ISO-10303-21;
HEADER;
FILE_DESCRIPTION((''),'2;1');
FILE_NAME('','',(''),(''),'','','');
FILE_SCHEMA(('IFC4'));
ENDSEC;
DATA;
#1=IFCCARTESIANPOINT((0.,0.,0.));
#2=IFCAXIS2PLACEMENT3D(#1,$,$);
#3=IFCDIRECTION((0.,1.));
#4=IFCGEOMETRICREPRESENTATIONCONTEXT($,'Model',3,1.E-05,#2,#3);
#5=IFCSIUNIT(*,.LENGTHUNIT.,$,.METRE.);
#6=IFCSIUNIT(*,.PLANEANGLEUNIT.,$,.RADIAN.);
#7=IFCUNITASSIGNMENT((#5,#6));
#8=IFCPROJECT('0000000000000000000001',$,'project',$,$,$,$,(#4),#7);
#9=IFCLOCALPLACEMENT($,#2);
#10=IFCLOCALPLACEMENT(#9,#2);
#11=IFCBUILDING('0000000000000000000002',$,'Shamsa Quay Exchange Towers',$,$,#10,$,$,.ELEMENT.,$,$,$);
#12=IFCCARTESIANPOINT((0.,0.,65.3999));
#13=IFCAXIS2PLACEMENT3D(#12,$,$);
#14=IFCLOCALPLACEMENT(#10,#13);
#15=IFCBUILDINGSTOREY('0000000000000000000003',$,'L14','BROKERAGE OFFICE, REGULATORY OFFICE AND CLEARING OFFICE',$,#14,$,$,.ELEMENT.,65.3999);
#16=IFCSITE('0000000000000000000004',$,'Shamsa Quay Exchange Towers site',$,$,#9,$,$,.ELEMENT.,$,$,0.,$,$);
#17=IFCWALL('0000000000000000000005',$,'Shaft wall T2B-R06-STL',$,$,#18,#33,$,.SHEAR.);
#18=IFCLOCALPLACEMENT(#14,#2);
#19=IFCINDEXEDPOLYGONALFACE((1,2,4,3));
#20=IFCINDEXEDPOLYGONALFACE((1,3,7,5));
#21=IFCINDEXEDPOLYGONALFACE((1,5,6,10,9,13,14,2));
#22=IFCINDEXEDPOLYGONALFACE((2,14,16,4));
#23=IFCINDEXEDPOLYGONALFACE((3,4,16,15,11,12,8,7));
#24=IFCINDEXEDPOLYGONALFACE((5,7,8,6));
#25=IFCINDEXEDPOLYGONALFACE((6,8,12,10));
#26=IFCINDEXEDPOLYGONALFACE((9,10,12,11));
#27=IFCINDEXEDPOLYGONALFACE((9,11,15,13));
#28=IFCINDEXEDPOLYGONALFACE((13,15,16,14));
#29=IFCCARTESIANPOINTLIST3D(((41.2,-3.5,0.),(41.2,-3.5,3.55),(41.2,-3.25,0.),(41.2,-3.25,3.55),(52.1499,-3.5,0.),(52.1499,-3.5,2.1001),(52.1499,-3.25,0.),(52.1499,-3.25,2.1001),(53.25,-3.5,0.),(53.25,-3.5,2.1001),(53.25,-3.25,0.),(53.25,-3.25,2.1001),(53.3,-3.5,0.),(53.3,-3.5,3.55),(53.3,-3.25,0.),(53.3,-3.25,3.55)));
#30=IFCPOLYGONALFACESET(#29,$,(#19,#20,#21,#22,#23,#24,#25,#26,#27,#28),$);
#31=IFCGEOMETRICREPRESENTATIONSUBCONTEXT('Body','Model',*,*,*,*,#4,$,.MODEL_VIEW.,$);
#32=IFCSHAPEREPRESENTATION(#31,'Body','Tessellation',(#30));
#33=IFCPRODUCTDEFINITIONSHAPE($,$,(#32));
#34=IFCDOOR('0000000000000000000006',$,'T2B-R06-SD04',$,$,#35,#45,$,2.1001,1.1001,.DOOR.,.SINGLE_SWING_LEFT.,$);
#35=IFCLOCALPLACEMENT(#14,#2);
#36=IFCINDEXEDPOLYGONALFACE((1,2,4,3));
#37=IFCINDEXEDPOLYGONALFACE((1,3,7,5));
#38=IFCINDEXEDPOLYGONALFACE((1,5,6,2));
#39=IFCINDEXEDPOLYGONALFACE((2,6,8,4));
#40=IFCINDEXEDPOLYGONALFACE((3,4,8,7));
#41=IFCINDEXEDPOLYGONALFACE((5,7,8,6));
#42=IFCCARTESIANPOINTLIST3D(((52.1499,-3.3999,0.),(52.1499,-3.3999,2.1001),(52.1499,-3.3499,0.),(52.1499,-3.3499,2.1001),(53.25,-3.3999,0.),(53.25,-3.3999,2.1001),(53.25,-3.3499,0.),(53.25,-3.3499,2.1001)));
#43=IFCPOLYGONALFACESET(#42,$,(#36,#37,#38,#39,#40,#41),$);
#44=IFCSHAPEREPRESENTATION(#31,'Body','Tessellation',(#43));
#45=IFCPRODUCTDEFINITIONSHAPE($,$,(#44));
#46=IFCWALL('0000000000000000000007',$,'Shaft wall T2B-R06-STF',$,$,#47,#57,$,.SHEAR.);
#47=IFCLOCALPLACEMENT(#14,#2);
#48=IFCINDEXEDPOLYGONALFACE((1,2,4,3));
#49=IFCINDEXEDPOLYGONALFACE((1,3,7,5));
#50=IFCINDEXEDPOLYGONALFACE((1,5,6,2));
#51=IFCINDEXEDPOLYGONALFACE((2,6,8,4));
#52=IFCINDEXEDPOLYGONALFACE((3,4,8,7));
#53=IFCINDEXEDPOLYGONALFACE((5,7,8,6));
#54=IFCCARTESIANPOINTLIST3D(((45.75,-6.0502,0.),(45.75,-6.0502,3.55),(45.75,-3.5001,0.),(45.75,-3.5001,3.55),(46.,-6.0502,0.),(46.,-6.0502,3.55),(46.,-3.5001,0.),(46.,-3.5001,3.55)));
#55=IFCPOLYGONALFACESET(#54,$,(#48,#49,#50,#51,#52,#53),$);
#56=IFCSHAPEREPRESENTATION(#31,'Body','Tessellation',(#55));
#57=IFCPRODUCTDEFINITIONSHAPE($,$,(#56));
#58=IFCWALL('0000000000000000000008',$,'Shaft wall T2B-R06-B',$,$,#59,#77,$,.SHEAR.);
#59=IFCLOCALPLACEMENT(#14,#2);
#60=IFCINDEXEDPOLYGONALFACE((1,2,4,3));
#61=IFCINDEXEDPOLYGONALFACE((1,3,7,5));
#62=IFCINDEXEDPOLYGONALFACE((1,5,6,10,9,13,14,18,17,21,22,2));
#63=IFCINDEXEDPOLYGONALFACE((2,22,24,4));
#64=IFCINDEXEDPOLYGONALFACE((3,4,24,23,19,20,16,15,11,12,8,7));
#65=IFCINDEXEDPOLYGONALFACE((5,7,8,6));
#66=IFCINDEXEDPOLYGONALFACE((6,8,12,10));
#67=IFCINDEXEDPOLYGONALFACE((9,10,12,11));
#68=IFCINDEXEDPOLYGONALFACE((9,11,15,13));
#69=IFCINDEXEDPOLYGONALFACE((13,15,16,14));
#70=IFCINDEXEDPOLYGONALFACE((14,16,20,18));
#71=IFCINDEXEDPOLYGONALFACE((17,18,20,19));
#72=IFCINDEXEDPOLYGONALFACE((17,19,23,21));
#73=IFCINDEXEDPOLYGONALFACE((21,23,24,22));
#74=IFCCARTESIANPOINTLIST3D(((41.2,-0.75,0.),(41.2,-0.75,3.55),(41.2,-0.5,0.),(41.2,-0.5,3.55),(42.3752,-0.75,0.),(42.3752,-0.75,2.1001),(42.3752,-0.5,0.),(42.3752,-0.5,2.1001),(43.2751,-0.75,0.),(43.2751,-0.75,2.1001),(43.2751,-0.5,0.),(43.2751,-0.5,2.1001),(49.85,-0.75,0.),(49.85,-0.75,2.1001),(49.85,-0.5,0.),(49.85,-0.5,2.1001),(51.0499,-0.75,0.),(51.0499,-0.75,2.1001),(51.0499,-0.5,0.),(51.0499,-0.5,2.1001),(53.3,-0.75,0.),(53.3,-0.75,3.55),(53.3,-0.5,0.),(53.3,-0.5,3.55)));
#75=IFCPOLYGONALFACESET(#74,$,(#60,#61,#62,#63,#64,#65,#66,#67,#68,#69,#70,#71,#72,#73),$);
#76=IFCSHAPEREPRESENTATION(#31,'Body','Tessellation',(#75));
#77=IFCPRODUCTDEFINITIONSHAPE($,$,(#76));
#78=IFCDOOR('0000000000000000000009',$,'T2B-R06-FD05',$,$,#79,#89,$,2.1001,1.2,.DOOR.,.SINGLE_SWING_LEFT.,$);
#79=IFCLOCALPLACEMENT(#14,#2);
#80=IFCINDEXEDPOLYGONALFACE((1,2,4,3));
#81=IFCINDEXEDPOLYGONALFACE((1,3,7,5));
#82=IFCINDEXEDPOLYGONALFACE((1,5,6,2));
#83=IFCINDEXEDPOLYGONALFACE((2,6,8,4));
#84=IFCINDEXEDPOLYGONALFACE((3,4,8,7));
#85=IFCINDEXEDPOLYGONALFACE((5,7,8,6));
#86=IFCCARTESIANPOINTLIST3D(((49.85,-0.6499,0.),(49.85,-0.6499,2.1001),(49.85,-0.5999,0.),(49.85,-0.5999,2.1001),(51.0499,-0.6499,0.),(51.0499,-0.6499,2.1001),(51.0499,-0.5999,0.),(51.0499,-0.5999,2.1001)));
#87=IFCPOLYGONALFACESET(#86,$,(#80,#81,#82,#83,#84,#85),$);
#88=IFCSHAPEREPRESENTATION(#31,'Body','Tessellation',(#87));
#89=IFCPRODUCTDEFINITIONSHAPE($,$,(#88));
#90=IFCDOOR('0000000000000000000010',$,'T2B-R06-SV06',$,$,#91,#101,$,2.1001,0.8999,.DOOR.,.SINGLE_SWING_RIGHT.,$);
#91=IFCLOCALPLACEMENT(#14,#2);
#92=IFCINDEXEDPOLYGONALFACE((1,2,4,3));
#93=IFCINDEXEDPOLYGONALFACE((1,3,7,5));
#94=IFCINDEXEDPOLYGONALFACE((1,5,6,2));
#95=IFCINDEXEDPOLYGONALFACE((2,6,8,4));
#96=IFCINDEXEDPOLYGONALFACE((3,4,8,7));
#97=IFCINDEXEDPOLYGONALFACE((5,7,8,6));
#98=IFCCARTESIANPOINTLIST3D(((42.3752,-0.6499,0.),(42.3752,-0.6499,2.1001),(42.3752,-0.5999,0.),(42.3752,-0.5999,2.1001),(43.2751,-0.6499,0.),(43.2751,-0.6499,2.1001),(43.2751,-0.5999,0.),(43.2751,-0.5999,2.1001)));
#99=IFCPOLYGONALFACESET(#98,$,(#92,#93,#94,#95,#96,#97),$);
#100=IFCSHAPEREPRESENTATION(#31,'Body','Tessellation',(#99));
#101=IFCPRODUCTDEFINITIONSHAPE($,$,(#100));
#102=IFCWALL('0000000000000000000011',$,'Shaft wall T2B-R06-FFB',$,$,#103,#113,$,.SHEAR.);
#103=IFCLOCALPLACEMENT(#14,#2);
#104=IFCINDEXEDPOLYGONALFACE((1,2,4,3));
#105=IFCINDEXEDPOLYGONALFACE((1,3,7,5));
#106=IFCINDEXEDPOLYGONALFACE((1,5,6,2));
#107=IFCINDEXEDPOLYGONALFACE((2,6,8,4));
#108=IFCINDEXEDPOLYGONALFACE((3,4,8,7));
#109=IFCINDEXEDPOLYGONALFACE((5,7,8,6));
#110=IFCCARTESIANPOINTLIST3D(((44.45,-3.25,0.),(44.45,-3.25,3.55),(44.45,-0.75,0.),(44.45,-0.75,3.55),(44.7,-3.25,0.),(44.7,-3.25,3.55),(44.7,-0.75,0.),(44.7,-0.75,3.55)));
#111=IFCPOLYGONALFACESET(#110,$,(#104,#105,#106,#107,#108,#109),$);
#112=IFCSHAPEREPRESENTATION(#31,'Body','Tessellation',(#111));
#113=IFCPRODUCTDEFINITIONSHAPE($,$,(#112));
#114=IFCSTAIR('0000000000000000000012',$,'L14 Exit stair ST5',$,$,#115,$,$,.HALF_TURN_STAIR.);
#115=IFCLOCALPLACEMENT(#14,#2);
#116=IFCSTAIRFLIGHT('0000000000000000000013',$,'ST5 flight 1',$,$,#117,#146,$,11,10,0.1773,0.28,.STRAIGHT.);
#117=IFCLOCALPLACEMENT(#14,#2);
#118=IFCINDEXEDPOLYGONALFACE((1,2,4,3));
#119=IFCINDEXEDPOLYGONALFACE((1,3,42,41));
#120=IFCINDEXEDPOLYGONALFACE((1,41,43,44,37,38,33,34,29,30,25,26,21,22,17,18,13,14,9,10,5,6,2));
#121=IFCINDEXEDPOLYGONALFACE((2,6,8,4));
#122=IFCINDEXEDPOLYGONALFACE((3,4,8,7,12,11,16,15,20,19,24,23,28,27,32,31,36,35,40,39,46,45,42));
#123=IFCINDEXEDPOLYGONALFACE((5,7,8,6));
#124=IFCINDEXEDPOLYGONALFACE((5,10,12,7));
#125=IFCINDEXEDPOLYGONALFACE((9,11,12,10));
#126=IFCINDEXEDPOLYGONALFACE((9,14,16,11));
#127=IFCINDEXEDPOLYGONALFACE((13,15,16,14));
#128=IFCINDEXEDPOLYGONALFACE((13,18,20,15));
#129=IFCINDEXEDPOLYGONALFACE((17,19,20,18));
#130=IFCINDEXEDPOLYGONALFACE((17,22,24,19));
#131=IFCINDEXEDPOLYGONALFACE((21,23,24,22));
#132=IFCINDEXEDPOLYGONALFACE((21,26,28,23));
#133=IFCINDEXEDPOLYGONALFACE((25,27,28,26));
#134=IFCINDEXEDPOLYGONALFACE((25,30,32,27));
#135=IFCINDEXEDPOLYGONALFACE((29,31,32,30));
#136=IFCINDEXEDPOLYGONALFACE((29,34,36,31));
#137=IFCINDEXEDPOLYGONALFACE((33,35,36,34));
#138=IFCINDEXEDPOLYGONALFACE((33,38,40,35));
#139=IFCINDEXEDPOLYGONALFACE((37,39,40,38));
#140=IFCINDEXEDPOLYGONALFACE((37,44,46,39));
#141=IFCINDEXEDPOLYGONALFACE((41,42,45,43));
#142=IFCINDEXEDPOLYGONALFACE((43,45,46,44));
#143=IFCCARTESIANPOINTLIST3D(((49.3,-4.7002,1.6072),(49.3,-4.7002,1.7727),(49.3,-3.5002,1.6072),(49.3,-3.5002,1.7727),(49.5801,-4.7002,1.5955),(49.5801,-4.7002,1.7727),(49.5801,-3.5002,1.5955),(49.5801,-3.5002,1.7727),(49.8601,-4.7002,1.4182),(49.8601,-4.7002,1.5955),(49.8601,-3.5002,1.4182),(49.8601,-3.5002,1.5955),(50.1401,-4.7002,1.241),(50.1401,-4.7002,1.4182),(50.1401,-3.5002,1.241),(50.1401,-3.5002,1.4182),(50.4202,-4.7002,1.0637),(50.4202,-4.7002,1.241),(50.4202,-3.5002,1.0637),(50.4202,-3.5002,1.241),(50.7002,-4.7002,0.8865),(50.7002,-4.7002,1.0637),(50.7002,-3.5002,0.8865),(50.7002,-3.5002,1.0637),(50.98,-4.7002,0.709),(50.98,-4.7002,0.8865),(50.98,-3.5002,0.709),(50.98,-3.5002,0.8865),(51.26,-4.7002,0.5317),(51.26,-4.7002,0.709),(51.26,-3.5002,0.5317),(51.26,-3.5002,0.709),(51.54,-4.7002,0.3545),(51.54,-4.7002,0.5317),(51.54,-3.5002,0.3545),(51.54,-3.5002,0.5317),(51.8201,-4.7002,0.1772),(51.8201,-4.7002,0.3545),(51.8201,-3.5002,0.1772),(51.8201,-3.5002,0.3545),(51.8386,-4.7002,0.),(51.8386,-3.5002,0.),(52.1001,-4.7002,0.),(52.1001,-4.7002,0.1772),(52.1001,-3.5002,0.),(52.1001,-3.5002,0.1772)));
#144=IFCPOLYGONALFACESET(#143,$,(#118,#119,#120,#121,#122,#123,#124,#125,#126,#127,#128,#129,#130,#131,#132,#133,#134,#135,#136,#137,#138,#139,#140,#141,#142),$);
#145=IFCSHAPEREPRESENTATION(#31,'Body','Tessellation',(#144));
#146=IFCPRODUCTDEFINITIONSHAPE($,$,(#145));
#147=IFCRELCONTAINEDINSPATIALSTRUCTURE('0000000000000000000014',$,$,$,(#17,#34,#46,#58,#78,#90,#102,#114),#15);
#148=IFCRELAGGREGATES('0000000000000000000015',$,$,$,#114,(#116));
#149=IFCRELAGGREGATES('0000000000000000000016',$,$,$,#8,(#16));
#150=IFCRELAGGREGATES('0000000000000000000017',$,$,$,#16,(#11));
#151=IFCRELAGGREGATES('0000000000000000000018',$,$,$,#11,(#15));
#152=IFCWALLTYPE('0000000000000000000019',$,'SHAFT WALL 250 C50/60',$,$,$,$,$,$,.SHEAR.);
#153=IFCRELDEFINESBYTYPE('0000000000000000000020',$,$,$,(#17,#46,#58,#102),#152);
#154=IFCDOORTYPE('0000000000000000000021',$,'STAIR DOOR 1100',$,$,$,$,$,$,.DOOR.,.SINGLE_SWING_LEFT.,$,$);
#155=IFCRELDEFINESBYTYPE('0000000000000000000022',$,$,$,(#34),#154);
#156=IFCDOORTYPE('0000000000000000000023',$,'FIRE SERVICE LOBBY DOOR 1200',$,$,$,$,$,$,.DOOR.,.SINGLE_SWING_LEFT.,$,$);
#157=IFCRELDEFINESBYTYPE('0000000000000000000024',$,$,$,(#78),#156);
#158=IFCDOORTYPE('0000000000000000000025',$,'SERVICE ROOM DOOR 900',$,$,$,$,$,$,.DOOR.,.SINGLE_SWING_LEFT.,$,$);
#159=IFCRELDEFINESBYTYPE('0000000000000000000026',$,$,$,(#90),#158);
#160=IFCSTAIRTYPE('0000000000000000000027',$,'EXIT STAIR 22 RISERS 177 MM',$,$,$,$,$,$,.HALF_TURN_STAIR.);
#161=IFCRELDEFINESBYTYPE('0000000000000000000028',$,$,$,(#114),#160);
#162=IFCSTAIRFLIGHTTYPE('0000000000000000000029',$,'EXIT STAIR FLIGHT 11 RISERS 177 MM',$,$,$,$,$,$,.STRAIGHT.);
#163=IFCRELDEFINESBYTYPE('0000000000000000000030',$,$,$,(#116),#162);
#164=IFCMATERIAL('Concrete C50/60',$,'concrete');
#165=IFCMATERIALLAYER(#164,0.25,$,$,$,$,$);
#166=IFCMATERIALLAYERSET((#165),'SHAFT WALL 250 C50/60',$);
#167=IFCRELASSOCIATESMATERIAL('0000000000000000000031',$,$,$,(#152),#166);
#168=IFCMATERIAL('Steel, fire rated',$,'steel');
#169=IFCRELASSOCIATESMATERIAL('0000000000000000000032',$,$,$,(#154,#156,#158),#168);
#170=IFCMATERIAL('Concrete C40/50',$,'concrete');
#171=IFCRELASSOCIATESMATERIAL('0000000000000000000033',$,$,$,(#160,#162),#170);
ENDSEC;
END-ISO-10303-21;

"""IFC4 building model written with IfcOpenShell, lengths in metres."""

from ifc_helpers import new_model, si_unit, direction, frame, frame_2d, origin, place, context, subcontext, project, spatial, polyline, rectangle, outline, extrude, material, layer, layer_set, type_object, element, fill, aggregate, save


model = new_model("IFC4")

# Units and contexts
model_context = context("Model", 3, precision=1e-05, world=origin(), true_north=direction((0.0, 1.0)))
body_context = subcontext(model_context, "Body", "Model", "MODEL_VIEW")
ifc_project = project(units=[si_unit("LENGTHUNIT", "METRE"), si_unit("PLANEANGLEUNIT", "RADIAN")], contexts=[model_context])

# Site, building, storey
site_placement = place(None, origin())
site = spatial("IfcSite", under=ifc_project, at=site_placement, Name="Shamsa Quay Exchange Towers site", CompositionType="ELEMENT", RefElevation=0.0)
building_placement = place(site_placement, origin())
building = spatial("IfcBuilding", under=site, at=building_placement, Name="Shamsa Quay Exchange Towers", CompositionType="ELEMENT")
storey_placement = place(building_placement, frame((0.0, 0.0, 65.3999)))
storey = spatial("IfcBuildingStorey", under=building, at=storey_placement, Name="L14", Description="BROKERAGE OFFICE, REGULATORY OFFICE AND CLEARING OFFICE", CompositionType="ELEMENT", Elevation=65.3999)

# Shared definitions
ifc_material_1 = material(Name="Steel, fire rated", Category="steel")

# Wall, opening, door
ifc_material_2 = material(Name="Concrete C50/60", Category="concrete")
ifc_layer_1 = layer(ifc_material_2, 0.25)
ifc_layer_set_1 = layer_set([ifc_layer_1], Name="SHAFT WALL 250 C50/60")
wall_type_1 = type_object("IfcWallType", Name="SHAFT WALL 250 C50/60", PredefinedType="SHEAR", material=ifc_layer_set_1)
wall_1_placement = place(storey_placement, frame((53.3, -3.375, 0.0), z_axis=(0.0, 0.0, 1.0), x_axis=(-1.0, 0.0, 0.0)))
wall_1 = element("IfcWall", 1, at=wall_1_placement, inside=storey, type_object=wall_type_1, Name="Shaft wall T2B-R06-STL", PredefinedType="SHEAR", context=body_context, shape_type="SweptSolid", body=[
    extrude(rectangle(XDim=12.1001, YDim=0.25, at=frame_2d((6.05, 0.0))), origin(), (0.0, 0.0, 1.0), 3.55),
])
opening_1_placement = place(wall_1_placement, frame((0.05, 0.0, 0.0)))
opening_1 = element("IfcOpeningElement", 2, at=opening_1_placement, cuts=wall_1, PredefinedType="OPENING", context=body_context, shape_type="SweptSolid", body=[
    extrude(rectangle(XDim=1.1001, YDim=2.1001, at=frame_2d((0.55, 1.05))), frame((0.0, 0.135, 0.0), z_axis=(0.0, -1.0, 0.0), x_axis=(1.0, 0.0, 0.0)), (0.0, 0.0, 1.0), 0.27),
])
door_type_1 = type_object("IfcDoorType", Name="STAIR DOOR 1100", OperationType="SINGLE_SWING_LEFT", PredefinedType="DOOR", material=ifc_material_1)
door_1_placement = place(opening_1_placement, origin())
door_1 = element("IfcDoor", 3, at=door_1_placement, inside=storey, type_object=door_type_1, Name="T2B-R06-SD04", OperationType="SINGLE_SWING_LEFT", OverallHeight=2.1001, OverallWidth=1.1001, PredefinedType="DOOR", context=body_context, shape_type="SweptSolid", body=[
    extrude(rectangle(XDim=1.1001, YDim=2.1001, at=frame_2d((0.55, 1.05))), frame((0.0, 0.0249, 0.0), z_axis=(0.0, -1.0, 0.0), x_axis=(1.0, 0.0, 0.0)), (0.0, 0.0, 1.0), 0.05),
])
fill(opening_1, door_1)

# Wall
wall_2_placement = place(storey_placement, frame((45.875, -6.05, 0.0), z_axis=(0.0, 0.0, 1.0), x_axis=(0.0, 1.0, 0.0)))
element("IfcWall", 4, at=wall_2_placement, inside=storey, type_object=wall_type_1, Name="Shaft wall T2B-R06-STF", PredefinedType="SHEAR", context=body_context, shape_type="SweptSolid", body=[
    extrude(rectangle(XDim=2.55, YDim=0.25, at=frame_2d((1.2749, 0.0))), origin(), (0.0, 0.0, 1.0), 3.55),
])

# Wall, openings, doors
wall_3_placement = place(storey_placement, frame((53.3, -0.625, 0.0), z_axis=(0.0, 0.0, 1.0), x_axis=(-1.0, 0.0, 0.0)))
wall_3 = element("IfcWall", 5, at=wall_3_placement, inside=storey, type_object=wall_type_1, Name="Shaft wall T2B-R06-B", PredefinedType="SHEAR", context=body_context, shape_type="SweptSolid", body=[
    extrude(rectangle(XDim=12.1001, YDim=0.25, at=frame_2d((6.05, 0.0))), origin(), (0.0, 0.0, 1.0), 3.55),
])
opening_2_placement = place(wall_3_placement, frame((2.25, 0.0, 0.0)))
opening_2 = element("IfcOpeningElement", 6, at=opening_2_placement, cuts=wall_3, PredefinedType="OPENING", context=body_context, shape_type="SweptSolid", body=[
    extrude(rectangle(XDim=1.2, YDim=2.1001, at=frame_2d((0.6001, 1.05))), frame((0.0, 0.135, 0.0), z_axis=(0.0, -1.0, 0.0), x_axis=(1.0, 0.0, 0.0)), (0.0, 0.0, 1.0), 0.27),
])
opening_3_placement = place(wall_3_placement, frame((10.0249, 0.0, 0.0)))
opening_3 = element("IfcOpeningElement", 7, at=opening_3_placement, cuts=wall_3, PredefinedType="OPENING", context=body_context, shape_type="SweptSolid", body=[
    extrude(rectangle(XDim=0.8999, YDim=2.1001, at=frame_2d((0.45, 1.05))), frame((0.0, 0.135, 0.0), z_axis=(0.0, -1.0, 0.0), x_axis=(1.0, 0.0, 0.0)), (0.0, 0.0, 1.0), 0.27),
])
door_type_2 = type_object("IfcDoorType", Name="FIRE SERVICE LOBBY DOOR 1200", OperationType="SINGLE_SWING_LEFT", PredefinedType="DOOR", material=ifc_material_1)
door_2_placement = place(opening_2_placement, origin())
door_2 = element("IfcDoor", 8, at=door_2_placement, inside=storey, type_object=door_type_2, Name="T2B-R06-FD05", OperationType="SINGLE_SWING_LEFT", OverallHeight=2.1001, OverallWidth=1.2, PredefinedType="DOOR", context=body_context, shape_type="SweptSolid", body=[
    extrude(rectangle(XDim=1.2, YDim=2.1001, at=frame_2d((0.6001, 1.05))), frame((0.0, 0.0249, 0.0), z_axis=(0.0, -1.0, 0.0), x_axis=(1.0, 0.0, 0.0)), (0.0, 0.0, 1.0), 0.05),
])
fill(opening_2, door_2)
door_type_3 = type_object("IfcDoorType", Name="SERVICE ROOM DOOR 900", OperationType="SINGLE_SWING_LEFT", PredefinedType="DOOR", material=ifc_material_1)
door_3_placement = place(opening_3_placement, origin())
door_3 = element("IfcDoor", 9, at=door_3_placement, inside=storey, type_object=door_type_3, Name="T2B-R06-SV06", OperationType="SINGLE_SWING_RIGHT", OverallHeight=2.1001, OverallWidth=0.8999, PredefinedType="DOOR", context=body_context, shape_type="SweptSolid", body=[
    extrude(rectangle(XDim=0.8999, YDim=2.1001, at=frame_2d((0.45, 1.05))), frame((0.0, 0.0249, 0.0), z_axis=(0.0, -1.0, 0.0), x_axis=(1.0, 0.0, 0.0)), (0.0, 0.0, 1.0), 0.05),
])
fill(opening_3, door_3)

# Wall
wall_4_placement = place(storey_placement, frame((44.575, -3.25, 0.0), z_axis=(0.0, 0.0, 1.0), x_axis=(0.0, 1.0, 0.0)))
element("IfcWall", 10, at=wall_4_placement, inside=storey, type_object=wall_type_1, Name="Shaft wall T2B-R06-FFB", PredefinedType="SHEAR", context=body_context, shape_type="SweptSolid", body=[
    extrude(rectangle(XDim=2.5, YDim=0.25, at=frame_2d((1.25, 0.0))), origin(), (0.0, 0.0, 1.0), 3.55),
])

# Stair, stair flight
ifc_material_3 = material(Name="Concrete C40/50", Category="concrete")
stair_type = type_object("IfcStairType", Name="EXIT STAIR 22 RISERS 177 MM", PredefinedType="HALF_TURN_STAIR", material=ifc_material_3)
stair_placement = place(storey_placement, origin())
stair = element("IfcStair", 11, at=stair_placement, inside=storey, type_object=stair_type, Name="L14 Exit stair ST5", PredefinedType="HALF_TURN_STAIR")
stair_flight_type = type_object("IfcStairFlightType", Name="EXIT STAIR FLIGHT 11 RISERS 177 MM", PredefinedType="STRAIGHT", material=ifc_material_3)
stair_flight_1_placement = place(storey_placement, frame((52.1001, -4.1001, 0.0), z_axis=(0.0, 0.0, 1.0), x_axis=(-1.0, 0.0, 0.0)))
stair_flight_1 = element("IfcStairFlight", 12, at=stair_flight_1_placement, type_object=stair_flight_type, Name="ST5 flight 1", NumberOfRisers=11, NumberOfTreads=10, PredefinedType="STRAIGHT", RiserHeight=0.1773, TreadLength=0.28, context=body_context, shape_type="SweptSolid", body=[
    extrude(outline(polyline([(0.0, 0.0), (0.0, 0.1772), (0.28, 0.1772), (0.28, 0.3545), (0.5601, 0.3545), (0.5601, 0.5317), (0.8401, 0.5317), (0.8401, 0.709), (1.1201, 0.709), (1.1201, 0.8865), (1.3999, 0.8865), (1.3999, 1.0637), (1.6799, 1.0637), (1.6799, 1.241), (1.96, 1.241), (1.96, 1.4182), (2.24, 1.4182), (2.24, 1.5955), (2.52, 1.5955), (2.52, 1.7727), (2.8, 1.7727), (2.8, 1.95), (2.8, 1.6072), (0.2615, 0.0), (0.0, 0.0)])), frame((0.0, 0.6001, 0.0), z_axis=(0.0, -1.0, 0.0), x_axis=(1.0, 0.0, 0.0)), (0.0, 0.0, 1.0), 1.2),
])
aggregate(stair, [stair_flight_1])

save(model, "model.ifc")
